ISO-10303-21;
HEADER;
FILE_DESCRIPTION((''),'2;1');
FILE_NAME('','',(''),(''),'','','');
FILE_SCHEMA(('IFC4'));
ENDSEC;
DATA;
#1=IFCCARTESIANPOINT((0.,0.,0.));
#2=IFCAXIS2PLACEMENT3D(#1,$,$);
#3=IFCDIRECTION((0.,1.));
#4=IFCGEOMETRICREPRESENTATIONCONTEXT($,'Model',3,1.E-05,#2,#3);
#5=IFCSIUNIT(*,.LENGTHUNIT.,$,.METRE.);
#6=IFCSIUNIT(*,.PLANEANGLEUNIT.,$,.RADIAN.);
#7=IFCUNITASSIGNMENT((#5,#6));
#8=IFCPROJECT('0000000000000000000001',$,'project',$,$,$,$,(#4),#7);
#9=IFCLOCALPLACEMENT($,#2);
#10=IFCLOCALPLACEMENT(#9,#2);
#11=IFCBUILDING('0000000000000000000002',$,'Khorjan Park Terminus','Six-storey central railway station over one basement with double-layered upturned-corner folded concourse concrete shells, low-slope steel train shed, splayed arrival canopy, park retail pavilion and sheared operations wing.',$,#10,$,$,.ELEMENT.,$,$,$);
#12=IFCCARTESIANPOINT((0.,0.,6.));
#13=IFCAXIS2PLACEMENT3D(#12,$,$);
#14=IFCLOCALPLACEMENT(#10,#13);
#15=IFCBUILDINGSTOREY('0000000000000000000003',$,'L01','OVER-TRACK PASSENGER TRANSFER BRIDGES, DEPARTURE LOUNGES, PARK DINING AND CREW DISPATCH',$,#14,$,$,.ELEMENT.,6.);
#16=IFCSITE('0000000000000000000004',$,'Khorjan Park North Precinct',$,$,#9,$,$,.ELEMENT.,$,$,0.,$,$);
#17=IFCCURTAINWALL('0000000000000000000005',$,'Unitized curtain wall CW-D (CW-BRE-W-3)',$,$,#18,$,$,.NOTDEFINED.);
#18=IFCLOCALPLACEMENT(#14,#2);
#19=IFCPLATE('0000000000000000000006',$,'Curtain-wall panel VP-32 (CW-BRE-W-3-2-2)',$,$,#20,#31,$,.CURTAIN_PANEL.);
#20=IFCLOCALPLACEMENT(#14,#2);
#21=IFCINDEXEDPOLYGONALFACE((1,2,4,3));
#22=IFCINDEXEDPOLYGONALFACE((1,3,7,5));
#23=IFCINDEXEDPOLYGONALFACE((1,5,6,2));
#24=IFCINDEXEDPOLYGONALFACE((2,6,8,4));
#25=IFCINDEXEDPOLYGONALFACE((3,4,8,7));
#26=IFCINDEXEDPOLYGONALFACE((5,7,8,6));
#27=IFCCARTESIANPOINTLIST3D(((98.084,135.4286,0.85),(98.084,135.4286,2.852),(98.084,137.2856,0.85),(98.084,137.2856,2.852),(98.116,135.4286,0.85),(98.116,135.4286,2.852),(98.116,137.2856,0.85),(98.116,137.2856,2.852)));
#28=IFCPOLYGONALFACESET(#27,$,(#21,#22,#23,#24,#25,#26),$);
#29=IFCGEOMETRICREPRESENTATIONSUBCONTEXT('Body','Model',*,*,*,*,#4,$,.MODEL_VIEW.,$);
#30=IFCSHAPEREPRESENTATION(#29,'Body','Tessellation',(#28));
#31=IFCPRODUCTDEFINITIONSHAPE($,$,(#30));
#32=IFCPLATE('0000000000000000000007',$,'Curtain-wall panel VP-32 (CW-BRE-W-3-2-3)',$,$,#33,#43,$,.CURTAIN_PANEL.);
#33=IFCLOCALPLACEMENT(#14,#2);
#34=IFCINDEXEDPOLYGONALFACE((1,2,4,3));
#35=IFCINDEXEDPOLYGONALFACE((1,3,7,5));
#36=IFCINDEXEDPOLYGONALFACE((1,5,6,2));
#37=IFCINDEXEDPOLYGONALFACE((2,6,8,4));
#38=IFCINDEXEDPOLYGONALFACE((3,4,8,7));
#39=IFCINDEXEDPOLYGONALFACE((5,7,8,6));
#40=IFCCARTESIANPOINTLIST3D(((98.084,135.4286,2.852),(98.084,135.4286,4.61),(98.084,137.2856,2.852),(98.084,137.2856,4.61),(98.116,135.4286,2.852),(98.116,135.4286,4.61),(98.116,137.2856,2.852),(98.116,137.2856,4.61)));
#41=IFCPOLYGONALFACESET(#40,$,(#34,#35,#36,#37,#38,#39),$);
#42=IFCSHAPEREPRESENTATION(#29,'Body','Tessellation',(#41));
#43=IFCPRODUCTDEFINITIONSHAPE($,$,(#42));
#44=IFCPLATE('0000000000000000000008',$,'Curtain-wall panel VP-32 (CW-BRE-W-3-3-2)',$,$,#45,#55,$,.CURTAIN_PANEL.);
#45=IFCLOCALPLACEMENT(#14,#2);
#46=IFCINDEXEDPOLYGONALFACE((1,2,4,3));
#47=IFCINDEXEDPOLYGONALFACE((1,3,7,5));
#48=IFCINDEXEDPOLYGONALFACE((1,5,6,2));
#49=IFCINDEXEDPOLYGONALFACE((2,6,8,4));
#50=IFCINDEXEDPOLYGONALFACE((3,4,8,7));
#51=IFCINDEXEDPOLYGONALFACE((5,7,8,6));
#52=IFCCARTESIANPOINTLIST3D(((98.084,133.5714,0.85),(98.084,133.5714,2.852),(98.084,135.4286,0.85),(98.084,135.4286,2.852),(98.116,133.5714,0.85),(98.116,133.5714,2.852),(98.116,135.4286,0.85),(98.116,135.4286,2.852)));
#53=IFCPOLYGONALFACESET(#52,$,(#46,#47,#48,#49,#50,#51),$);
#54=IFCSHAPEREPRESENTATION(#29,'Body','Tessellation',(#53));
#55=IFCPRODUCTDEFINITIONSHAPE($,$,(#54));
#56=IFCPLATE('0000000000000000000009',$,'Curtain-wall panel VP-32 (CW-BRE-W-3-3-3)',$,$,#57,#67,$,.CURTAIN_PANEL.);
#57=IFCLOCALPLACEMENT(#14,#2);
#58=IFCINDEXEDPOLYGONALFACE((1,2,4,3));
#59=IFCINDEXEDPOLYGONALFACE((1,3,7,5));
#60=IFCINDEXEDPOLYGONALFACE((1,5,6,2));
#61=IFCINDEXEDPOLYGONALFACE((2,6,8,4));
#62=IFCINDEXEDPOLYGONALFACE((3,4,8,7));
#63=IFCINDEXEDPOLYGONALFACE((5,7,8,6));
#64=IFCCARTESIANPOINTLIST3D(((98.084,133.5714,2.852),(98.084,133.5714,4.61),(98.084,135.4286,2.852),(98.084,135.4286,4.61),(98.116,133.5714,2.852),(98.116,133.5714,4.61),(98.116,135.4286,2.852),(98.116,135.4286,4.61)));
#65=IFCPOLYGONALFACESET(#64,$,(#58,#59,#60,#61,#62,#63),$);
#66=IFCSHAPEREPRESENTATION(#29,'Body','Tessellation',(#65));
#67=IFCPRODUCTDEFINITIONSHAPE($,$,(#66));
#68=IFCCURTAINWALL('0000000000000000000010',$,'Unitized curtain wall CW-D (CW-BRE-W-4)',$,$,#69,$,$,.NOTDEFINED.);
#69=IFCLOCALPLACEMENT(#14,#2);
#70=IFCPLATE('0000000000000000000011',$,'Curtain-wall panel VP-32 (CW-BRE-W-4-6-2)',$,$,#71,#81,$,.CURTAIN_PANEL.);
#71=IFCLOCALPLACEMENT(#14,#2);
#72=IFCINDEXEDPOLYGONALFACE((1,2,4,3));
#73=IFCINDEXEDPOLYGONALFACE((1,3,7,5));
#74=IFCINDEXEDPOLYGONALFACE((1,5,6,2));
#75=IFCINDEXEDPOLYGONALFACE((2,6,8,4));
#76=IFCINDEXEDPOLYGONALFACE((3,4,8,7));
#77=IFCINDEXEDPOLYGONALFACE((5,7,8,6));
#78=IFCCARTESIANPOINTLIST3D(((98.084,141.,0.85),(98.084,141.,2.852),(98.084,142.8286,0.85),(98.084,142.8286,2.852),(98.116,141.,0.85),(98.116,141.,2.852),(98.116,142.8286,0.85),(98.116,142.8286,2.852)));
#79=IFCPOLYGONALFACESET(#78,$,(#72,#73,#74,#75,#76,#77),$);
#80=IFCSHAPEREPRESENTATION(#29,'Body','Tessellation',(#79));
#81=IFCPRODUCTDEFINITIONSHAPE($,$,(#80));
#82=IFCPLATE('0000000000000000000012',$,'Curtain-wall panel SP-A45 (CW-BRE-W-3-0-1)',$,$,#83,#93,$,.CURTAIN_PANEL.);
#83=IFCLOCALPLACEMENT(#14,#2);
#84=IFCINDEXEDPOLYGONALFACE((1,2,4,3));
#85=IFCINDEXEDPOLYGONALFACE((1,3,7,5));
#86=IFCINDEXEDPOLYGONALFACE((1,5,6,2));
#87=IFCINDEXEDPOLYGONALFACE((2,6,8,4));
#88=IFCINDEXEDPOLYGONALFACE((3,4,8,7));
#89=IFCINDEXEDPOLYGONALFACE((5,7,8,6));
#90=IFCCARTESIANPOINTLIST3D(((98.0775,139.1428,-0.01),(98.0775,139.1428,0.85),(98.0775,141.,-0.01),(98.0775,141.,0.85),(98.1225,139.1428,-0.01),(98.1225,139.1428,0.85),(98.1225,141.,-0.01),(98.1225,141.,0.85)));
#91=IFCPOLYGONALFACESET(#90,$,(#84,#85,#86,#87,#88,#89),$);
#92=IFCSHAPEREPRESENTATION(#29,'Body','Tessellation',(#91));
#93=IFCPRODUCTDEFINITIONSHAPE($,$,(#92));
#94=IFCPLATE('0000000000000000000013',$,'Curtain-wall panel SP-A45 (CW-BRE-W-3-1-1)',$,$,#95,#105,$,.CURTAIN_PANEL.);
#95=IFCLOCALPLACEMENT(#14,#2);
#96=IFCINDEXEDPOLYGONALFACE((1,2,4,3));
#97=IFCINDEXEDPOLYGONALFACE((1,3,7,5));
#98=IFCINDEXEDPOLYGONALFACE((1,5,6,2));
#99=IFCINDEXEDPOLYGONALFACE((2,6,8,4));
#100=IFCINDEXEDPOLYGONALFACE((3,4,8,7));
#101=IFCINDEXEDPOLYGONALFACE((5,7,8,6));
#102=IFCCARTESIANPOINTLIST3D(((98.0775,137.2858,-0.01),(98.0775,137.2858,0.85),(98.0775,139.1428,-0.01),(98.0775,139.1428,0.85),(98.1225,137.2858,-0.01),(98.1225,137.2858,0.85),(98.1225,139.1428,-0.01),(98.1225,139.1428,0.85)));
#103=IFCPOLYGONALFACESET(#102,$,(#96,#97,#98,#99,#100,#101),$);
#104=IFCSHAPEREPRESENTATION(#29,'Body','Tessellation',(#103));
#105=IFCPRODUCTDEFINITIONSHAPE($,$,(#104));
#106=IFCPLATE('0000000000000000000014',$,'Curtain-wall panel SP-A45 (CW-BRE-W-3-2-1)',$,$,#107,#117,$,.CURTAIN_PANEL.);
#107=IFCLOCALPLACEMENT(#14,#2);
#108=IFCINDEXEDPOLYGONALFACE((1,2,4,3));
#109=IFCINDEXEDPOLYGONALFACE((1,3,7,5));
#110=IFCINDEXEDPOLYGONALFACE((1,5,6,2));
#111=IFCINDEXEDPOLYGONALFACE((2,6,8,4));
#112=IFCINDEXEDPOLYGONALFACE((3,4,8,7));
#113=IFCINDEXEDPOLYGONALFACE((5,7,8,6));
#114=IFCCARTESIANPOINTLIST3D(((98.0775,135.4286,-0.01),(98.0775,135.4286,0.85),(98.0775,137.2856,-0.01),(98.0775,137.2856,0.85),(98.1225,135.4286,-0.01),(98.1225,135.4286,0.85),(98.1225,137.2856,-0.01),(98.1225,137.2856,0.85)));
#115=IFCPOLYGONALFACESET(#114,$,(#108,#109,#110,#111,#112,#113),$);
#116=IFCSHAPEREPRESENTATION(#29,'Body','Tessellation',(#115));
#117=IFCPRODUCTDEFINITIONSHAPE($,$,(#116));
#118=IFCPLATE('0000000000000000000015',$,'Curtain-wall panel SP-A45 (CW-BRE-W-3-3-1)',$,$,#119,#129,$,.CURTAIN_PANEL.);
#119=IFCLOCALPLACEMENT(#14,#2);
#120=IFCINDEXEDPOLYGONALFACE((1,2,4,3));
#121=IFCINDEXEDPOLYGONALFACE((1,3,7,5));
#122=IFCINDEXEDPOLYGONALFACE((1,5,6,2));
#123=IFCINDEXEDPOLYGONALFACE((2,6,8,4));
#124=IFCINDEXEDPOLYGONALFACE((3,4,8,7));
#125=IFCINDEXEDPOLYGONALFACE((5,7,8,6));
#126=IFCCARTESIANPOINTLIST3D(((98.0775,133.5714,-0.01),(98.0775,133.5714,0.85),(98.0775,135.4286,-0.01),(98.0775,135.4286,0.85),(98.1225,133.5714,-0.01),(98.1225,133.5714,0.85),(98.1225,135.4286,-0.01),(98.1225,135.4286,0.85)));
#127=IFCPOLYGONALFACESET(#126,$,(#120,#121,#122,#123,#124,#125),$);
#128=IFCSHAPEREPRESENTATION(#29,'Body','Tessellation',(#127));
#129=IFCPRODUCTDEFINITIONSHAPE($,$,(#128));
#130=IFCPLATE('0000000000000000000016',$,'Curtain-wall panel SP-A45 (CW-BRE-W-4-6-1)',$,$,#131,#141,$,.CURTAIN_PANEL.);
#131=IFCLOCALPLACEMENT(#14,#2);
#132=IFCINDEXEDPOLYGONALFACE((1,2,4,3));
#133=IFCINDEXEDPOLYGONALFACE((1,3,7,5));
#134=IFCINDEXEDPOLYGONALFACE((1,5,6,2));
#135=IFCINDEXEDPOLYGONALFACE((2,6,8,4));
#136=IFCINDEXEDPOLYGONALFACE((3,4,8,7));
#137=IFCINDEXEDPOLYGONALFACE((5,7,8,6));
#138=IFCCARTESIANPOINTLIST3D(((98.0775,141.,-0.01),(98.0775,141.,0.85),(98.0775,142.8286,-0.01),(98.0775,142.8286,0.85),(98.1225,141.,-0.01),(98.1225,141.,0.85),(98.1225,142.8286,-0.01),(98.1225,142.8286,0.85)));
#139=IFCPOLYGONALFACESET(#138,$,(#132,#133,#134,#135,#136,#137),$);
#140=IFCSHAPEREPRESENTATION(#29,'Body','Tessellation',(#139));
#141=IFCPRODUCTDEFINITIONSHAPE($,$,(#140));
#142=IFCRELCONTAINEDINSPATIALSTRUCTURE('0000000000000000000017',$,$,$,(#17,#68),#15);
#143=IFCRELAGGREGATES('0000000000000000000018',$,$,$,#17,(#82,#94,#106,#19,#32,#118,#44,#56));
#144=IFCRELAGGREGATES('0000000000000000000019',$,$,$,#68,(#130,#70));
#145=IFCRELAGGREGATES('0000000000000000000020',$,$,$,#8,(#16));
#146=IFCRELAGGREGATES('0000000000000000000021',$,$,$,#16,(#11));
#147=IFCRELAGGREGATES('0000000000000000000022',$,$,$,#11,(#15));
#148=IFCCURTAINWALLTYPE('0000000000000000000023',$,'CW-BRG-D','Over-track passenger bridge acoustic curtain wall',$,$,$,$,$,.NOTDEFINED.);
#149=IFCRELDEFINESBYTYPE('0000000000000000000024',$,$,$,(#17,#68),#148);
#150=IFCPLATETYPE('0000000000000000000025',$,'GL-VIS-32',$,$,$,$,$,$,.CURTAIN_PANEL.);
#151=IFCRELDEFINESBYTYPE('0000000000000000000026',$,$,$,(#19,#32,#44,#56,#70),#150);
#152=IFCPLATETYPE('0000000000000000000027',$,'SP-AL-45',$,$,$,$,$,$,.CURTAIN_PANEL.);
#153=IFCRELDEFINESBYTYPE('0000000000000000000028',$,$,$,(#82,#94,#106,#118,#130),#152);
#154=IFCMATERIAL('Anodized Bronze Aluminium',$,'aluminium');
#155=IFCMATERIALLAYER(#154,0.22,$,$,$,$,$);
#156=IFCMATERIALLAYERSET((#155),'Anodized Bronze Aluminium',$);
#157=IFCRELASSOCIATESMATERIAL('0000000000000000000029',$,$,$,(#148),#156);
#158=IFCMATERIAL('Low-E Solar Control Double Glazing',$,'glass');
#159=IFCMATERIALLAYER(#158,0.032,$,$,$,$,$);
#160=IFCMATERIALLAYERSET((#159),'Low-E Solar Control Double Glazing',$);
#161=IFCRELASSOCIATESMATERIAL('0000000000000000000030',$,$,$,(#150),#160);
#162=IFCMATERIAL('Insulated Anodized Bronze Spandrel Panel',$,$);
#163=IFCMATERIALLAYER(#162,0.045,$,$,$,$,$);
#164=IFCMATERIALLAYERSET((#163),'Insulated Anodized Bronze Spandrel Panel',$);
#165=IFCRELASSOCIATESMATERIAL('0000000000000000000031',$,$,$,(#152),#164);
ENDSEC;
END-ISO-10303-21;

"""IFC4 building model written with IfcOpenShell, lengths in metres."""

from ifc_helpers import new_model, si_unit, direction, frame, origin, origin_2d, place, context, subcontext, project, spatial, rectangle, extrude, material, layer, layer_set, type_object, element, aggregate, save


model = new_model("IFC4")

# Units and contexts
model_context = context("Model", 3, precision=1e-05, world=origin(), true_north=direction((0.0, 1.0)))
body_context = subcontext(model_context, "Body", "Model", "MODEL_VIEW")
ifc_project = project(units=[si_unit("LENGTHUNIT", "METRE"), si_unit("PLANEANGLEUNIT", "RADIAN")], contexts=[model_context])

# Site, building, storey
site_placement = place(None, origin())
site = spatial("IfcSite", under=ifc_project, at=site_placement, Name="Khorjan Park North Precinct", CompositionType="ELEMENT", RefElevation=0.0)
building_placement = place(site_placement, origin())
building = spatial("IfcBuilding", under=site, at=building_placement, Name="Khorjan Park Terminus", Description="Six-storey central railway station over one basement with double-layered upturned-corner folded concourse concrete shells, low-slope steel train shed, splayed arrival canopy, park retail pavilion and sheared operations wing.", CompositionType="ELEMENT")
storey_placement = place(building_placement, frame((0.0, 0.0, 6.0)))
storey = spatial("IfcBuildingStorey", under=building, at=storey_placement, Name="L01", Description="OVER-TRACK PASSENGER TRANSFER BRIDGES, DEPARTURE LOUNGES, PARK DINING AND CREW DISPATCH", CompositionType="ELEMENT", Elevation=6.0)

# Curtain wall, plates
ifc_material_1 = material(Name="Anodized Bronze Aluminium", Category="aluminium")
ifc_layer_1 = layer(ifc_material_1, 0.22)
ifc_layer_set_1 = layer_set([ifc_layer_1], Name="Anodized Bronze Aluminium")
curtain_wall_type = type_object("IfcCurtainWallType", Name="CW-BRG-D", Description="Over-track passenger bridge acoustic curtain wall", PredefinedType="NOTDEFINED", material=ifc_layer_set_1)
curtain_wall_1_placement = place(storey_placement, origin())
curtain_wall_1 = element("IfcCurtainWall", 1, at=curtain_wall_1_placement, inside=storey, type_object=curtain_wall_type, Name="Unitized curtain wall CW-D (CW-BRE-W-3)", PredefinedType="NOTDEFINED")
ifc_material_2 = material(Name="Low-E Solar Control Double Glazing", Category="glass")
ifc_layer_2 = layer(ifc_material_2, 0.032)
ifc_layer_set_2 = layer_set([ifc_layer_2], Name="Low-E Solar Control Double Glazing")
plate_type_1 = type_object("IfcPlateType", Name="GL-VIS-32", PredefinedType="CURTAIN_PANEL", material=ifc_layer_set_2)
plate_1_placement = place(storey_placement, frame((98.1, 136.3571, 0.85), z_axis=(0.0, 0.0, 1.0), x_axis=(0.0, -1.0, 0.0)))
plate_1 = element("IfcPlate", 2, at=plate_1_placement, type_object=plate_type_1, Name="Curtain-wall panel VP-32 (CW-BRE-W-3-2-2)", PredefinedType="CURTAIN_PANEL", context=body_context, shape_type="SweptSolid", body=[
    extrude(rectangle(XDim=1.8571, YDim=0.032, at=origin_2d()), origin(), (0.0, 0.0, 1.0), 2.002),
])
plate_2_placement = place(storey_placement, frame((98.1, 136.3571, 2.852), z_axis=(0.0, 0.0, 1.0), x_axis=(0.0, -1.0, 0.0)))
plate_2 = element("IfcPlate", 3, at=plate_2_placement, type_object=plate_type_1, Name="Curtain-wall panel VP-32 (CW-BRE-W-3-2-3)", PredefinedType="CURTAIN_PANEL", context=body_context, shape_type="SweptSolid", body=[
    extrude(rectangle(XDim=1.8571, YDim=0.032, at=origin_2d()), origin(), (0.0, 0.0, 1.0), 1.758),
])
plate_3_placement = place(storey_placement, frame((98.1, 134.5, 0.85), z_axis=(0.0, 0.0, 1.0), x_axis=(0.0, -1.0, 0.0)))
plate_3 = element("IfcPlate", 4, at=plate_3_placement, type_object=plate_type_1, Name="Curtain-wall panel VP-32 (CW-BRE-W-3-3-2)", PredefinedType="CURTAIN_PANEL", context=body_context, shape_type="SweptSolid", body=[
    extrude(rectangle(XDim=1.8571, YDim=0.032, at=origin_2d()), origin(), (0.0, 0.0, 1.0), 2.002),
])
plate_4_placement = place(storey_placement, frame((98.1, 134.5, 2.852), z_axis=(0.0, 0.0, 1.0), x_axis=(0.0, -1.0, 0.0)))
plate_4 = element("IfcPlate", 5, at=plate_4_placement, type_object=plate_type_1, Name="Curtain-wall panel VP-32 (CW-BRE-W-3-3-3)", PredefinedType="CURTAIN_PANEL", context=body_context, shape_type="SweptSolid", body=[
    extrude(rectangle(XDim=1.8571, YDim=0.032, at=origin_2d()), origin(), (0.0, 0.0, 1.0), 1.758),
])

# Curtain wall, plate
curtain_wall_2_placement = place(storey_placement, origin())
curtain_wall_2 = element("IfcCurtainWall", 6, at=curtain_wall_2_placement, inside=storey, type_object=curtain_wall_type, Name="Unitized curtain wall CW-D (CW-BRE-W-4)", PredefinedType="NOTDEFINED")
plate_5_placement = place(storey_placement, frame((98.1, 141.9143, 0.85), z_axis=(0.0, 0.0, 1.0), x_axis=(0.0, -1.0, 0.0)))
plate_5 = element("IfcPlate", 7, at=plate_5_placement, type_object=plate_type_1, Name="Curtain-wall panel VP-32 (CW-BRE-W-4-6-2)", PredefinedType="CURTAIN_PANEL", context=body_context, shape_type="SweptSolid", body=[
    extrude(rectangle(XDim=1.8286, YDim=0.032, at=origin_2d()), origin(), (0.0, 0.0, 1.0), 2.002),
])

# Plates
ifc_material_3 = material(Name="Insulated Anodized Bronze Spandrel Panel")
ifc_layer_3 = layer(ifc_material_3, 0.045)
ifc_layer_set_3 = layer_set([ifc_layer_3], Name="Insulated Anodized Bronze Spandrel Panel")
plate_type_2 = type_object("IfcPlateType", Name="SP-AL-45", PredefinedType="CURTAIN_PANEL", material=ifc_layer_set_3)
plate_6_placement = place(storey_placement, frame((98.1, 140.0714, -0.01), z_axis=(0.0, 0.0, 1.0), x_axis=(0.0, -1.0, 0.0)))
plate_6 = element("IfcPlate", 8, at=plate_6_placement, type_object=plate_type_2, Name="Curtain-wall panel SP-A45 (CW-BRE-W-3-0-1)", PredefinedType="CURTAIN_PANEL", context=body_context, shape_type="SweptSolid", body=[
    extrude(rectangle(XDim=1.8571, YDim=0.045, at=origin_2d()), origin(), (0.0, 0.0, 1.0), 0.86),
])
plate_7_placement = place(storey_placement, frame((98.1, 138.2143, -0.01), z_axis=(0.0, 0.0, 1.0), x_axis=(0.0, -1.0, 0.0)))
plate_7 = element("IfcPlate", 9, at=plate_7_placement, type_object=plate_type_2, Name="Curtain-wall panel SP-A45 (CW-BRE-W-3-1-1)", PredefinedType="CURTAIN_PANEL", context=body_context, shape_type="SweptSolid", body=[
    extrude(rectangle(XDim=1.8571, YDim=0.045, at=origin_2d()), origin(), (0.0, 0.0, 1.0), 0.86),
])
plate_8_placement = place(storey_placement, frame((98.1, 136.3571, -0.01), z_axis=(0.0, 0.0, 1.0), x_axis=(0.0, -1.0, 0.0)))
plate_8 = element("IfcPlate", 10, at=plate_8_placement, type_object=plate_type_2, Name="Curtain-wall panel SP-A45 (CW-BRE-W-3-2-1)", PredefinedType="CURTAIN_PANEL", context=body_context, shape_type="SweptSolid", body=[
    extrude(rectangle(XDim=1.8571, YDim=0.045, at=origin_2d()), origin(), (0.0, 0.0, 1.0), 0.86),
])
plate_9_placement = place(storey_placement, frame((98.1, 134.5, -0.01), z_axis=(0.0, 0.0, 1.0), x_axis=(0.0, -1.0, 0.0)))
plate_9 = element("IfcPlate", 11, at=plate_9_placement, type_object=plate_type_2, Name="Curtain-wall panel SP-A45 (CW-BRE-W-3-3-1)", PredefinedType="CURTAIN_PANEL", context=body_context, shape_type="SweptSolid", body=[
    extrude(rectangle(XDim=1.8571, YDim=0.045, at=origin_2d()), origin(), (0.0, 0.0, 1.0), 0.86),
])
aggregate(curtain_wall_1, [plate_6, plate_7, plate_8, plate_1, plate_2, plate_9, plate_3, plate_4])
plate_10_placement = place(storey_placement, frame((98.1, 141.9143, -0.01), z_axis=(0.0, 0.0, 1.0), x_axis=(0.0, -1.0, 0.0)))
plate_10 = element("IfcPlate", 12, at=plate_10_placement, type_object=plate_type_2, Name="Curtain-wall panel SP-A45 (CW-BRE-W-4-6-1)", PredefinedType="CURTAIN_PANEL", context=body_context, shape_type="SweptSolid", body=[
    extrude(rectangle(XDim=1.8286, YDim=0.045, at=origin_2d()), origin(), (0.0, 0.0, 1.0), 0.86),
])
aggregate(curtain_wall_2, [plate_10, plate_5])

save(model, "model.ifc")
